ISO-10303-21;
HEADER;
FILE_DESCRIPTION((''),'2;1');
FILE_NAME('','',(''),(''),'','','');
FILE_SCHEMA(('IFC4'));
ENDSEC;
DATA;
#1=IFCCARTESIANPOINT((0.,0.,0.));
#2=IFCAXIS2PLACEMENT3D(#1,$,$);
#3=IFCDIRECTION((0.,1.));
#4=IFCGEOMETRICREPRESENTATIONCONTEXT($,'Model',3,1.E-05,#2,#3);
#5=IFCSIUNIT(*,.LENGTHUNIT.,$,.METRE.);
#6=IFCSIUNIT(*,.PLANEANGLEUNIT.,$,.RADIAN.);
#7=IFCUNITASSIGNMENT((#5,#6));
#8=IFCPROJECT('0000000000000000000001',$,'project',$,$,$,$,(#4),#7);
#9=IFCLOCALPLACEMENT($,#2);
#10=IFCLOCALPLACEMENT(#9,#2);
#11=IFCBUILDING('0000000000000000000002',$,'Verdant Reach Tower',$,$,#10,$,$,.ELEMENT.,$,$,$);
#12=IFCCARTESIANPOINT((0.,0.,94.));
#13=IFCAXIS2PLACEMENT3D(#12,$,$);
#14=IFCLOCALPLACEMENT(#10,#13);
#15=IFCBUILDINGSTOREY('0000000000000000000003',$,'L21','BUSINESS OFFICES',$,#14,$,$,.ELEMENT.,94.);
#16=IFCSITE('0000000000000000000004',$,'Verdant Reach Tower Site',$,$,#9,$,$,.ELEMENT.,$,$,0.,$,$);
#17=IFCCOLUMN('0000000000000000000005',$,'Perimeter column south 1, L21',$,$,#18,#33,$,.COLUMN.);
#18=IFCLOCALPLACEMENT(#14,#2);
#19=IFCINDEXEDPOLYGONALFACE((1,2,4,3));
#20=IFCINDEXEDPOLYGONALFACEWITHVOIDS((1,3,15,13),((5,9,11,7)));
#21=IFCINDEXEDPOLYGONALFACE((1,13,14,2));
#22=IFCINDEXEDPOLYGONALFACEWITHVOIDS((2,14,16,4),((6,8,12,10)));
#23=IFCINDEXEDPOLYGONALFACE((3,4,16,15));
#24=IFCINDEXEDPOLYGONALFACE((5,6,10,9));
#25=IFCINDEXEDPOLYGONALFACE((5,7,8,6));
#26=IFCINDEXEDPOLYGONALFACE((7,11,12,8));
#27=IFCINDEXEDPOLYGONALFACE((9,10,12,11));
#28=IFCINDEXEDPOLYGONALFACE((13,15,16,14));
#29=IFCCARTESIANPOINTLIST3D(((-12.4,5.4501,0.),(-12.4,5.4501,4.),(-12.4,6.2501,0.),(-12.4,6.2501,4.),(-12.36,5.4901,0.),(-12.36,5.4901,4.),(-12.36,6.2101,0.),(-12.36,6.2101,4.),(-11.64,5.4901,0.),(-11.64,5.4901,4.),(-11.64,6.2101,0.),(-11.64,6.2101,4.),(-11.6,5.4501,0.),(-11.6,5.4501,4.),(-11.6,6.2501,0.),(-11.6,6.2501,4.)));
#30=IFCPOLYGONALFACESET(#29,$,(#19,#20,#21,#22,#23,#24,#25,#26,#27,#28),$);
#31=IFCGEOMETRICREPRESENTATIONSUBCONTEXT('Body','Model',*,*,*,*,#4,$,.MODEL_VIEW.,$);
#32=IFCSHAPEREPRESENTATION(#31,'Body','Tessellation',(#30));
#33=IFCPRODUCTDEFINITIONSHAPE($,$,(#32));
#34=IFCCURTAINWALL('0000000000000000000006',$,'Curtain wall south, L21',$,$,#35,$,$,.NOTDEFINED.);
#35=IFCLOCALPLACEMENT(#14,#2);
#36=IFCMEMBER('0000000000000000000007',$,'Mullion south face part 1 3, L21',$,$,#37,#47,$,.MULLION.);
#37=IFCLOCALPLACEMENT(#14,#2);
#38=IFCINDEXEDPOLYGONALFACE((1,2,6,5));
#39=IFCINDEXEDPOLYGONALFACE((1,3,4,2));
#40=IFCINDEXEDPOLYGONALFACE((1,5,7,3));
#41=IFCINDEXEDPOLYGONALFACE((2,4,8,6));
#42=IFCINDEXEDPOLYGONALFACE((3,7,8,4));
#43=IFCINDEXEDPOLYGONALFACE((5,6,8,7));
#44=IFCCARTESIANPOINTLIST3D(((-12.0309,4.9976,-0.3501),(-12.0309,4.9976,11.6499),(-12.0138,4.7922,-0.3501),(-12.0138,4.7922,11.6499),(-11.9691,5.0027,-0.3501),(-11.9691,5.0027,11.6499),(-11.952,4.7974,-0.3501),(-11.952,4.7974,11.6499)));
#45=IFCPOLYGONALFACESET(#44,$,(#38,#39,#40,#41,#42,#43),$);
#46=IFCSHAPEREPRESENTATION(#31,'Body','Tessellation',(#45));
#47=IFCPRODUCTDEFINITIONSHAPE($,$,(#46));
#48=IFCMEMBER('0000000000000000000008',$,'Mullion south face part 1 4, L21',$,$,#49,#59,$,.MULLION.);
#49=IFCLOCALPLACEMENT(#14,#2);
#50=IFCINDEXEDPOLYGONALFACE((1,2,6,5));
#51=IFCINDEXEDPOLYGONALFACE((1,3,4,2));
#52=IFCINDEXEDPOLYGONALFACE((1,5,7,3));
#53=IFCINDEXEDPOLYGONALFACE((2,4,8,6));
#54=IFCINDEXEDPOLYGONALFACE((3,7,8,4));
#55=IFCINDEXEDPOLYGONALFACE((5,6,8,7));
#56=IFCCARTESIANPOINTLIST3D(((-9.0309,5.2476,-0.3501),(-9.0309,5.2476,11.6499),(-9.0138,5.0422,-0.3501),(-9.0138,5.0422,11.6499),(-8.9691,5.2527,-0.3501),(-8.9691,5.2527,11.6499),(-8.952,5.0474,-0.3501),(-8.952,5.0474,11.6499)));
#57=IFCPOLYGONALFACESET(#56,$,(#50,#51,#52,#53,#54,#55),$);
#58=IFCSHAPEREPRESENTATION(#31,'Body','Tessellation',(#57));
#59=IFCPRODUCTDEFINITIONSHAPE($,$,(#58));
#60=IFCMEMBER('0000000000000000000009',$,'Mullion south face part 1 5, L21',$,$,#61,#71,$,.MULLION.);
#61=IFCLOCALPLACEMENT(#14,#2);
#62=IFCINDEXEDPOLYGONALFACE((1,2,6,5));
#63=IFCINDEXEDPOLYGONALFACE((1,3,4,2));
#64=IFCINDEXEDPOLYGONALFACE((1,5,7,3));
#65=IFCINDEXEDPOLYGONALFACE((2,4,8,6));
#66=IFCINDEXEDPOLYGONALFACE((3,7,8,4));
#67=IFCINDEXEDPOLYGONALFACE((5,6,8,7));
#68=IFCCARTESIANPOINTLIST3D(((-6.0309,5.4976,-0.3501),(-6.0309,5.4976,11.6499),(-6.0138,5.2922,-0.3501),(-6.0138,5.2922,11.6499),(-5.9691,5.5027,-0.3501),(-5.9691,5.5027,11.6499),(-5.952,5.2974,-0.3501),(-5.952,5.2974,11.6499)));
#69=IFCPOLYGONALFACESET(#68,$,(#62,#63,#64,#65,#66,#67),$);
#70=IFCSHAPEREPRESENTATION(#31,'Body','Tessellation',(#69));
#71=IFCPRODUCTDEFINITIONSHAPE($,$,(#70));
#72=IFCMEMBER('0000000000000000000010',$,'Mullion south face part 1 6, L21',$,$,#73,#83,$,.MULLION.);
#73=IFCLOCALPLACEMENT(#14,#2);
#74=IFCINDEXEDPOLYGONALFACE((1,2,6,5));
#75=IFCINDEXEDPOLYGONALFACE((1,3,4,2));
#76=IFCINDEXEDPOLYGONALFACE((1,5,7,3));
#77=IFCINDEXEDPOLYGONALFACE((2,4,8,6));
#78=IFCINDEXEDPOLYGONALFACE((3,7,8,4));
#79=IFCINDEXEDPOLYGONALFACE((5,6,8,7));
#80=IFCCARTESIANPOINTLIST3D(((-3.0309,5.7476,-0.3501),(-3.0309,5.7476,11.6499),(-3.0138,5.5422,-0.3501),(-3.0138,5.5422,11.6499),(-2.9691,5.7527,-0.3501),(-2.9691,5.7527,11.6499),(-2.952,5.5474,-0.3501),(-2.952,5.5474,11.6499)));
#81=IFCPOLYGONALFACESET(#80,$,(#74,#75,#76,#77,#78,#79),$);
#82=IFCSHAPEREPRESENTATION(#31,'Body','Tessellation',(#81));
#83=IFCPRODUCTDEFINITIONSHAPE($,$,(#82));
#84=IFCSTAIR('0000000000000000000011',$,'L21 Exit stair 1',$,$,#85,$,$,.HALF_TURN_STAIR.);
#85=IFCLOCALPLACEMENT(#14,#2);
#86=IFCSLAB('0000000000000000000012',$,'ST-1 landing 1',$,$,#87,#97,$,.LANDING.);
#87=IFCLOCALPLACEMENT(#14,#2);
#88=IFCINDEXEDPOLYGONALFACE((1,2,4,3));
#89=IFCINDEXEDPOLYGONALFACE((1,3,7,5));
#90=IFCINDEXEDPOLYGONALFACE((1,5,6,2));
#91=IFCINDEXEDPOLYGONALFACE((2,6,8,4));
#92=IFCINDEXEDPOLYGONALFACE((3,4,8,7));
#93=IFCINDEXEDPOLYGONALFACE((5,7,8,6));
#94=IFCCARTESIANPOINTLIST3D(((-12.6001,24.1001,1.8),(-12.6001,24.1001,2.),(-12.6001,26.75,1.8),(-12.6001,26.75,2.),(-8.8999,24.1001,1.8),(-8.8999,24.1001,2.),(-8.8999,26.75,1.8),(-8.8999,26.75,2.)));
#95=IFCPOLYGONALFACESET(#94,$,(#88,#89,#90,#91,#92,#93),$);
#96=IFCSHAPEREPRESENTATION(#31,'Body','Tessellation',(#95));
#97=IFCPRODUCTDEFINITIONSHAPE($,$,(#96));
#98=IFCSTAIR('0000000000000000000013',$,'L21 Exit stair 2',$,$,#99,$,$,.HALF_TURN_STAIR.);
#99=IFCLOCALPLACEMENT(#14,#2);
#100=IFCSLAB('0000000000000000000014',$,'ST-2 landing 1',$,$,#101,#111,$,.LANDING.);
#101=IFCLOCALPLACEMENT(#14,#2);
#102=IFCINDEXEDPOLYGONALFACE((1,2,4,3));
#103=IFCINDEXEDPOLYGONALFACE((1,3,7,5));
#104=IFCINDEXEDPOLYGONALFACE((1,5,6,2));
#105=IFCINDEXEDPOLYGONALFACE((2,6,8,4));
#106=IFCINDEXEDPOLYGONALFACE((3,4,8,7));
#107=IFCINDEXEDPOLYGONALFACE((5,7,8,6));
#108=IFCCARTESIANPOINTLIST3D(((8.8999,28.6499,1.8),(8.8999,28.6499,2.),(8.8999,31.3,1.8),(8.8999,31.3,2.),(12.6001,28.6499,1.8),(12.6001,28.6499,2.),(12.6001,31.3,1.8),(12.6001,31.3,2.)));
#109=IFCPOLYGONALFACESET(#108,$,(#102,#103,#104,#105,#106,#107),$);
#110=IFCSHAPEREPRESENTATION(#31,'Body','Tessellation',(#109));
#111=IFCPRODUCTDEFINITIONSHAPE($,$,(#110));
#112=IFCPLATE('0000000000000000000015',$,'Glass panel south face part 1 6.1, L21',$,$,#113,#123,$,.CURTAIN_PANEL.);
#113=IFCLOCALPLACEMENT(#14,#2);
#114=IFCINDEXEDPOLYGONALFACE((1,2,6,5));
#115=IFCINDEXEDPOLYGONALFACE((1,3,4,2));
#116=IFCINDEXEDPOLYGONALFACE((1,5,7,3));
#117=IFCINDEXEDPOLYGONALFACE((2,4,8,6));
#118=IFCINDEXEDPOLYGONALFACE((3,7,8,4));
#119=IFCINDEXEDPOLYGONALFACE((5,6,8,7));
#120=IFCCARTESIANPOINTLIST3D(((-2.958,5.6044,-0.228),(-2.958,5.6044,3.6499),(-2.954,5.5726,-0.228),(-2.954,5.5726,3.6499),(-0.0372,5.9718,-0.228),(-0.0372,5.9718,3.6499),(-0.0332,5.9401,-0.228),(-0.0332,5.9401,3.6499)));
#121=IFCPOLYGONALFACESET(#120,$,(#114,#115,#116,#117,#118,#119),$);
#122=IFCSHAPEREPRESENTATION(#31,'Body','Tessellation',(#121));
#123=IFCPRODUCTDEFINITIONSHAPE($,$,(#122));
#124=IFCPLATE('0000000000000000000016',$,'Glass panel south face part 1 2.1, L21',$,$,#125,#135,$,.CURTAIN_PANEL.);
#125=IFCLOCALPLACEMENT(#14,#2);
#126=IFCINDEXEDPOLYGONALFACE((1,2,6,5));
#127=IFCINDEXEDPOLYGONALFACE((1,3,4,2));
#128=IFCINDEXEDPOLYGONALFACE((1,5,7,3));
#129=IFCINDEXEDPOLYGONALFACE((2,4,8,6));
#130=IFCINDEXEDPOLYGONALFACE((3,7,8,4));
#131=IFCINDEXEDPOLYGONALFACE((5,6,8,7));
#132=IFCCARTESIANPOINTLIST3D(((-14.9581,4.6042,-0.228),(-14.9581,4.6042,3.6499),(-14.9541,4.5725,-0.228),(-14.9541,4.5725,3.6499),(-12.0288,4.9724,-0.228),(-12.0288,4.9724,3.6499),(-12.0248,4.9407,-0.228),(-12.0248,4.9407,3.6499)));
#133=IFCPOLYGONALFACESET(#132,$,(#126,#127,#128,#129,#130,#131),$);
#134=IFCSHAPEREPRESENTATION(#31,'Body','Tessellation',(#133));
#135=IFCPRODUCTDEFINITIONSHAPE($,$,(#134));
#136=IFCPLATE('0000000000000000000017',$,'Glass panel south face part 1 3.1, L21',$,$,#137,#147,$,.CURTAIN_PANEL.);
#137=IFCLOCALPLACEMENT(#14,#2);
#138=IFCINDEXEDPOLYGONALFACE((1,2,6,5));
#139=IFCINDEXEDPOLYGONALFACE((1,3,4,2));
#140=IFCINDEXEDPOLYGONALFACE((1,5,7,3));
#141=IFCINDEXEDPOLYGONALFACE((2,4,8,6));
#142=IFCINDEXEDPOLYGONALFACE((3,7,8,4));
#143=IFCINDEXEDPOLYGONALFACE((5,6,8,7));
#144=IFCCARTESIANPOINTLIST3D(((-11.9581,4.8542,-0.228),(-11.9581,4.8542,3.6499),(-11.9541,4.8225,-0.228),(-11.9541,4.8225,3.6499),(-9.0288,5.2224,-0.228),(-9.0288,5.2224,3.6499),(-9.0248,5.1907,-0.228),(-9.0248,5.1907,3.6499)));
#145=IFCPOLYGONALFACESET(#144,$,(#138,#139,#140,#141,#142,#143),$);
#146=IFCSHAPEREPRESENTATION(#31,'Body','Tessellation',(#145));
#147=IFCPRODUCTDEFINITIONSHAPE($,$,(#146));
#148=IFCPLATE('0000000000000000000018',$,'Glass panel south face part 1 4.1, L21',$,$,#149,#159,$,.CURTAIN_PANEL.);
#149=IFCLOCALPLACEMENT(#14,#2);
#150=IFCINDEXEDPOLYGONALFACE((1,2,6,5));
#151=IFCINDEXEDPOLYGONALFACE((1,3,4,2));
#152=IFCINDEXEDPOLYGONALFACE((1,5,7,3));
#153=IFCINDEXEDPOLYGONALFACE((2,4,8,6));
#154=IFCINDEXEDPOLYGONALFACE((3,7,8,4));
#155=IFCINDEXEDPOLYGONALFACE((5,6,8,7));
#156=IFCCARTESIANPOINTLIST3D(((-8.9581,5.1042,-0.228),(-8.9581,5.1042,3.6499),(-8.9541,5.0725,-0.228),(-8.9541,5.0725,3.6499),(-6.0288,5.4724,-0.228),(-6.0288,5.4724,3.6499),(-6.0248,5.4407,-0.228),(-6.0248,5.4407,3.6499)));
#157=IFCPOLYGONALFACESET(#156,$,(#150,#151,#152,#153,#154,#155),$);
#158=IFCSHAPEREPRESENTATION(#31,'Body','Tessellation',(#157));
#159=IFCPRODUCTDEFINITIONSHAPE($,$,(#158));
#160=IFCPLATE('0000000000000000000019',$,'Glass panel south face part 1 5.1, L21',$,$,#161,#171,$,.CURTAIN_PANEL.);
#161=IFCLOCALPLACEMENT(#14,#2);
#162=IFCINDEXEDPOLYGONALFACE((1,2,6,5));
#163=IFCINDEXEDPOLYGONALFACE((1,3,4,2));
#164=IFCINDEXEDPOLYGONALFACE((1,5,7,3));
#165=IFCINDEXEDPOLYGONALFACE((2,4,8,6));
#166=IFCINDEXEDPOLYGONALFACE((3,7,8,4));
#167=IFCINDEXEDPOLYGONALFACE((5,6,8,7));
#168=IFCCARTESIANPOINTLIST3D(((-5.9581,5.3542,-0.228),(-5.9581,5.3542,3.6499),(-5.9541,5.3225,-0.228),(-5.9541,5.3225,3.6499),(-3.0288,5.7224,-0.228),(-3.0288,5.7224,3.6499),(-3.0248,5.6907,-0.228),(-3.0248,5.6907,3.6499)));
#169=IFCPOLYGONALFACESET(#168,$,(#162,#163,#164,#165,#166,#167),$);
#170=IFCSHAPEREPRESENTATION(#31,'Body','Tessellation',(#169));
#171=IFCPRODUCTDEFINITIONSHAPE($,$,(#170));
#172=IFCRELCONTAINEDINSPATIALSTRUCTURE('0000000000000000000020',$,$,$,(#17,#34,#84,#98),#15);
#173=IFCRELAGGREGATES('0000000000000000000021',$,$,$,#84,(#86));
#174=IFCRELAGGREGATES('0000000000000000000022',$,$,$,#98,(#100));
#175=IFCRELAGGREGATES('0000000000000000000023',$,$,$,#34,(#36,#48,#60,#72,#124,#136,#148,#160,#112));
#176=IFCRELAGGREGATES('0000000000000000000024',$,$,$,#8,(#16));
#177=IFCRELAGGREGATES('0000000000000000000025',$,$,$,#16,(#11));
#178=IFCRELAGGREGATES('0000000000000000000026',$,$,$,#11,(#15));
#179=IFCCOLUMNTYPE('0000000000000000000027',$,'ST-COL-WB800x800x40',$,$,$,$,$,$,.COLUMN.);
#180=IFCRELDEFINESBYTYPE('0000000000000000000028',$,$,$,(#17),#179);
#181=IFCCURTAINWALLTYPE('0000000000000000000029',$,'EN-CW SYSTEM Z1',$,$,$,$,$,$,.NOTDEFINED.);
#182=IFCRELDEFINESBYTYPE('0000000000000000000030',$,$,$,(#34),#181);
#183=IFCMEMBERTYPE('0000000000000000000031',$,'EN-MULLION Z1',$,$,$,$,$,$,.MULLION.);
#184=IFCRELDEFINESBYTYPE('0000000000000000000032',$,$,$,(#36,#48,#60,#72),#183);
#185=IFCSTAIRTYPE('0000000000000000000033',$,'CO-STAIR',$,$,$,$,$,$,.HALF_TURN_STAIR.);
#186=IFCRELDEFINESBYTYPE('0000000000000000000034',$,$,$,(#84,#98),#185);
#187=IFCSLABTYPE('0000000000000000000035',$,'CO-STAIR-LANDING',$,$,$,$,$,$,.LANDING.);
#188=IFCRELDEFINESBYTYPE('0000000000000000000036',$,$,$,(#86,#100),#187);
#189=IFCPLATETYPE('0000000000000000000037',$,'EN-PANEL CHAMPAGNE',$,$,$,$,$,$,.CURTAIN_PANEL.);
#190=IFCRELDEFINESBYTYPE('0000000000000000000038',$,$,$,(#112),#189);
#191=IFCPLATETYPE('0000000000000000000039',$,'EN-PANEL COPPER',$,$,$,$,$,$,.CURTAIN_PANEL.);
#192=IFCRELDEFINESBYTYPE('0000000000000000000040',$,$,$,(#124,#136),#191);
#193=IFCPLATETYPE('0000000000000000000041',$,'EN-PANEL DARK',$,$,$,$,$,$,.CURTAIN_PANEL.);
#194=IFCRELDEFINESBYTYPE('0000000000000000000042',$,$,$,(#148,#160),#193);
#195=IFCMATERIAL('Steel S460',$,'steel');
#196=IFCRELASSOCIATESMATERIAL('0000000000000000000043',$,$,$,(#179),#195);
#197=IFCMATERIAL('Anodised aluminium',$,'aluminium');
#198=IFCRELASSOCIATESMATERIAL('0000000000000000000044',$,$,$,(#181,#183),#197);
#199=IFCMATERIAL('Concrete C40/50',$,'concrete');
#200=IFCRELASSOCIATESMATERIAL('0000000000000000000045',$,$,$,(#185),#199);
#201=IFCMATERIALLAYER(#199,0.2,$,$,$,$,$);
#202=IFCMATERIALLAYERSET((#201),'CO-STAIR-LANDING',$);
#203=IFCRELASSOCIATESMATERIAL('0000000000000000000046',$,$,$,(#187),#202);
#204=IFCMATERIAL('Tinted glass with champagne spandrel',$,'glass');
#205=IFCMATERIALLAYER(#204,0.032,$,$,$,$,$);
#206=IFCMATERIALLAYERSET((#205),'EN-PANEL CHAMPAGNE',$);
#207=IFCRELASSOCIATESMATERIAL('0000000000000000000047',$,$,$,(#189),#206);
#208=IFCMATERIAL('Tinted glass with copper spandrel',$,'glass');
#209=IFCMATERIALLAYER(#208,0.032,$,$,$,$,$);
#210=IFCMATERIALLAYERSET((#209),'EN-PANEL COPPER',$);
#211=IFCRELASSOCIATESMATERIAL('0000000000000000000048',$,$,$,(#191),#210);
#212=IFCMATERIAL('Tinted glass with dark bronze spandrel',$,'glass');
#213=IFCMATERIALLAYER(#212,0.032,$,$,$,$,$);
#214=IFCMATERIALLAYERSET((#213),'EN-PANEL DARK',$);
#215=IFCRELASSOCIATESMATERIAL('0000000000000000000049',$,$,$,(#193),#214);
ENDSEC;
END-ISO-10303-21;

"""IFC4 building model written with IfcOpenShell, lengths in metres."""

from ifc_helpers import new_model, si_unit, direction, frame, origin, origin_2d, place, context, subcontext, project, spatial, polyline, rectangle, hollow_rectangle, outline, extrude, material, layer, layer_set, material_profile, profile_set, type_object, element, aggregate, save


model = new_model("IFC4")

# Units and contexts
model_context = context("Model", 3, precision=1e-05, world=origin(), true_north=direction((0.0, 1.0)))
body_context = subcontext(model_context, "Body", "Model", "MODEL_VIEW")
ifc_project = project(units=[si_unit("LENGTHUNIT", "METRE"), si_unit("PLANEANGLEUNIT", "RADIAN")], contexts=[model_context])

# Site, building, storey
site_placement = place(None, origin())
site = spatial("IfcSite", under=ifc_project, at=site_placement, Name="Verdant Reach Tower Site", CompositionType="ELEMENT", RefElevation=0.0)
building_placement = place(site_placement, origin())
building = spatial("IfcBuilding", under=site, at=building_placement, Name="Verdant Reach Tower", CompositionType="ELEMENT")
storey_placement = place(building_placement, frame((0.0, 0.0, 94.0)))
storey = spatial("IfcBuildingStorey", under=building, at=storey_placement, Name="L21", Description="BUSINESS OFFICES", CompositionType="ELEMENT", Elevation=94.0)

# Column
ifc_material_1 = material(Name="Steel S460", Category="steel")
ifc_material_profile_1 = material_profile(ifc_material_1, hollow_rectangle(XDim=0.8, YDim=0.8, WallThickness=0.04, at=origin_2d()), Name="WB 800x800x40")
ifc_profile_set_1 = profile_set([ifc_material_profile_1], Name="Steel S460")
column_type = type_object("IfcColumnType", Name="ST-COL-WB800x800x40", PredefinedType="COLUMN", material=ifc_profile_set_1)
column_placement = place(storey_placement, frame((-12.0, 5.8501, 0.0), z_axis=(0.0, 0.0, 1.0), x_axis=(1.0, 0.0, 0.0)))
element("IfcColumn", 1, at=column_placement, inside=storey, type_object=column_type, Name="Perimeter column south 1, L21", PredefinedType="COLUMN", context=body_context, shape_type="SweptSolid", body=[
    extrude(hollow_rectangle(XDim=0.8, YDim=0.8, WallThickness=0.04, at=origin_2d()), origin(), (0.0, 0.0, 1.0), 4.0),
])

# Curtain wall, members
ifc_material_2 = material(Name="Anodised aluminium", Category="aluminium")
curtain_wall_type = type_object("IfcCurtainWallType", Name="EN-CW SYSTEM Z1", PredefinedType="NOTDEFINED", material=ifc_material_2)
curtain_wall_placement = place(storey_placement, origin())
curtain_wall = element("IfcCurtainWall", 2, at=curtain_wall_placement, inside=storey, type_object=curtain_wall_type, Name="Curtain wall south, L21", PredefinedType="NOTDEFINED")
ifc_material_profile_2 = material_profile(ifc_material_2, rectangle(XDim=0.2061, YDim=0.062, at=origin_2d()), Name="Mullion 62x206")
ifc_profile_set_2 = profile_set([ifc_material_profile_2], Name="Anodised aluminium")
member_type = type_object("IfcMemberType", Name="EN-MULLION Z1", PredefinedType="MULLION", material=ifc_profile_set_2)
member_1_placement = place(storey_placement, frame((-11.9915, 4.8975, -0.3501), z_axis=(0.0, 0.0, 1.0), x_axis=(0.083045, -0.996546, 0.0)))
member_1 = element("IfcMember", 3, at=member_1_placement, type_object=member_type, Name="Mullion south face part 1 3, L21", PredefinedType="MULLION", context=body_context, shape_type="SweptSolid", body=[
    extrude(rectangle(XDim=0.2061, YDim=0.062, at=origin_2d()), origin(), (0.0, 0.0, 1.0), 12.0),
])
member_2_placement = place(storey_placement, frame((-8.9915, 5.1475, -0.3501), z_axis=(0.0, 0.0, 1.0), x_axis=(0.083045, -0.996546, 0.0)))
member_2 = element("IfcMember", 4, at=member_2_placement, type_object=member_type, Name="Mullion south face part 1 4, L21", PredefinedType="MULLION", context=body_context, shape_type="SweptSolid", body=[
    extrude(rectangle(XDim=0.2061, YDim=0.062, at=origin_2d()), origin(), (0.0, 0.0, 1.0), 12.0),
])
member_3_placement = place(storey_placement, frame((-5.9915, 5.3975, -0.3501), z_axis=(0.0, 0.0, 1.0), x_axis=(0.083045, -0.996546, 0.0)))
member_3 = element("IfcMember", 5, at=member_3_placement, type_object=member_type, Name="Mullion south face part 1 5, L21", PredefinedType="MULLION", context=body_context, shape_type="SweptSolid", body=[
    extrude(rectangle(XDim=0.2061, YDim=0.062, at=origin_2d()), origin(), (0.0, 0.0, 1.0), 12.0),
])
member_4_placement = place(storey_placement, frame((-2.9915, 5.6475, -0.3501), z_axis=(0.0, 0.0, 1.0), x_axis=(0.083045, -0.996546, 0.0)))
member_4 = element("IfcMember", 6, at=member_4_placement, type_object=member_type, Name="Mullion south face part 1 6, L21", PredefinedType="MULLION", context=body_context, shape_type="SweptSolid", body=[
    extrude(rectangle(XDim=0.2061, YDim=0.062, at=origin_2d()), origin(), (0.0, 0.0, 1.0), 12.0),
])

# Stairs, slabs
ifc_material_3 = material(Name="Concrete C40/50", Category="concrete")
stair_type = type_object("IfcStairType", Name="CO-STAIR", PredefinedType="HALF_TURN_STAIR", material=ifc_material_3)
stair_1_placement = place(storey_placement, origin())
stair_1 = element("IfcStair", 7, at=stair_1_placement, inside=storey, type_object=stair_type, Name="L21 Exit stair 1", PredefinedType="HALF_TURN_STAIR")
ifc_layer_1 = layer(ifc_material_3, 0.2)
ifc_layer_set_1 = layer_set([ifc_layer_1], Name="CO-STAIR-LANDING")
slab_type_1 = type_object("IfcSlabType", Name="CO-STAIR-LANDING", PredefinedType="LANDING", material=ifc_layer_set_1)
slab_1_placement = place(storey_placement, frame((0.0, 0.0, 1.8)))
slab_1 = element("IfcSlab", 8, at=slab_1_placement, type_object=slab_type_1, Name="ST-1 landing 1", PredefinedType="LANDING", context=body_context, shape_type="SweptSolid", body=[
    extrude(outline(polyline([(-12.6001, 26.75), (-12.6001, 24.1001), (-8.8999, 24.1001), (-8.8999, 26.75), (-12.6001, 26.75)])), origin(), (0.0, 0.0, 1.0), 0.2),
])
aggregate(stair_1, [slab_1])
stair_2_placement = place(storey_placement, origin())
stair_2 = element("IfcStair", 9, at=stair_2_placement, inside=storey, type_object=stair_type, Name="L21 Exit stair 2", PredefinedType="HALF_TURN_STAIR")
slab_2_placement = place(storey_placement, frame((0.0, 0.0, 1.8)))
slab_2 = element("IfcSlab", 10, at=slab_2_placement, type_object=slab_type_1, Name="ST-2 landing 1", PredefinedType="LANDING", context=body_context, shape_type="SweptSolid", body=[
    extrude(outline(polyline([(12.6001, 28.6499), (12.6001, 31.3), (8.8999, 31.3), (8.8999, 28.6499), (12.6001, 28.6499)])), origin(), (0.0, 0.0, 1.0), 0.2),
])
aggregate(stair_2, [slab_2])

# Plates
ifc_material_4 = material(Name="Tinted glass with champagne spandrel", Category="glass")
ifc_layer_2 = layer(ifc_material_4, 0.032)
ifc_layer_set_2 = layer_set([ifc_layer_2], Name="EN-PANEL CHAMPAGNE")
plate_type_1 = type_object("IfcPlateType", Name="EN-PANEL CHAMPAGNE", PredefinedType="CURTAIN_PANEL", material=ifc_layer_set_2)
plate_1_placement = place(storey_placement, frame((-1.4956, 5.7722, -0.228), z_axis=(0.0, 0.0, 1.0), x_axis=(0.992179, 0.124821, 0.0)))
plate_1 = element("IfcPlate", 11, at=plate_1_placement, type_object=plate_type_1, Name="Glass panel south face part 1 6.1, L21", PredefinedType="CURTAIN_PANEL", context=body_context, shape_type="SweptSolid", body=[
    extrude(rectangle(XDim=2.9438, YDim=0.032, at=origin_2d()), origin(), (0.0, 0.0, 1.0), 3.8779),
])
ifc_material_5 = material(Name="Tinted glass with copper spandrel", Category="glass")
ifc_layer_3 = layer(ifc_material_5, 0.032)
ifc_layer_set_3 = layer_set([ifc_layer_3], Name="EN-PANEL COPPER")
plate_type_2 = type_object("IfcPlateType", Name="EN-PANEL COPPER", PredefinedType="CURTAIN_PANEL", material=ifc_layer_set_3)
plate_2_placement = place(storey_placement, frame((-13.4915, 4.7725, -0.228), z_axis=(0.0, 0.0, 1.0), x_axis=(0.992194, 0.124704, 0.0)))
plate_2 = element("IfcPlate", 12, at=plate_2_placement, type_object=plate_type_2, Name="Glass panel south face part 1 2.1, L21", PredefinedType="CURTAIN_PANEL", context=body_context, shape_type="SweptSolid", body=[
    extrude(rectangle(XDim=2.9524, YDim=0.032, at=origin_2d()), origin(), (0.0, 0.0, 1.0), 3.8779),
])
plate_3_placement = place(storey_placement, frame((-10.4915, 5.0225, -0.228), z_axis=(0.0, 0.0, 1.0), x_axis=(0.992194, 0.124704, 0.0)))
plate_3 = element("IfcPlate", 13, at=plate_3_placement, type_object=plate_type_2, Name="Glass panel south face part 1 3.1, L21", PredefinedType="CURTAIN_PANEL", context=body_context, shape_type="SweptSolid", body=[
    extrude(rectangle(XDim=2.9524, YDim=0.032, at=origin_2d()), origin(), (0.0, 0.0, 1.0), 3.8779),
])
ifc_material_6 = material(Name="Tinted glass with dark bronze spandrel", Category="glass")
ifc_layer_4 = layer(ifc_material_6, 0.032)
ifc_layer_set_4 = layer_set([ifc_layer_4], Name="EN-PANEL DARK")
plate_type_3 = type_object("IfcPlateType", Name="EN-PANEL DARK", PredefinedType="CURTAIN_PANEL", material=ifc_layer_set_4)
plate_4_placement = place(storey_placement, frame((-7.4915, 5.2725, -0.228), z_axis=(0.0, 0.0, 1.0), x_axis=(0.992194, 0.124704, 0.0)))
plate_4 = element("IfcPlate", 14, at=plate_4_placement, type_object=plate_type_3, Name="Glass panel south face part 1 4.1, L21", PredefinedType="CURTAIN_PANEL", context=body_context, shape_type="SweptSolid", body=[
    extrude(rectangle(XDim=2.9524, YDim=0.032, at=origin_2d()), origin(), (0.0, 0.0, 1.0), 3.8779),
])
plate_5_placement = place(storey_placement, frame((-4.4915, 5.5225, -0.228), z_axis=(0.0, 0.0, 1.0), x_axis=(0.992194, 0.124704, 0.0)))
plate_5 = element("IfcPlate", 15, at=plate_5_placement, type_object=plate_type_3, Name="Glass panel south face part 1 5.1, L21", PredefinedType="CURTAIN_PANEL", context=body_context, shape_type="SweptSolid", body=[
    extrude(rectangle(XDim=2.9524, YDim=0.032, at=origin_2d()), origin(), (0.0, 0.0, 1.0), 3.8779),
])
aggregate(curtain_wall, [member_1, member_2, member_3, member_4, plate_2, plate_3, plate_4, plate_5, plate_1])

save(model, "model.ifc")
